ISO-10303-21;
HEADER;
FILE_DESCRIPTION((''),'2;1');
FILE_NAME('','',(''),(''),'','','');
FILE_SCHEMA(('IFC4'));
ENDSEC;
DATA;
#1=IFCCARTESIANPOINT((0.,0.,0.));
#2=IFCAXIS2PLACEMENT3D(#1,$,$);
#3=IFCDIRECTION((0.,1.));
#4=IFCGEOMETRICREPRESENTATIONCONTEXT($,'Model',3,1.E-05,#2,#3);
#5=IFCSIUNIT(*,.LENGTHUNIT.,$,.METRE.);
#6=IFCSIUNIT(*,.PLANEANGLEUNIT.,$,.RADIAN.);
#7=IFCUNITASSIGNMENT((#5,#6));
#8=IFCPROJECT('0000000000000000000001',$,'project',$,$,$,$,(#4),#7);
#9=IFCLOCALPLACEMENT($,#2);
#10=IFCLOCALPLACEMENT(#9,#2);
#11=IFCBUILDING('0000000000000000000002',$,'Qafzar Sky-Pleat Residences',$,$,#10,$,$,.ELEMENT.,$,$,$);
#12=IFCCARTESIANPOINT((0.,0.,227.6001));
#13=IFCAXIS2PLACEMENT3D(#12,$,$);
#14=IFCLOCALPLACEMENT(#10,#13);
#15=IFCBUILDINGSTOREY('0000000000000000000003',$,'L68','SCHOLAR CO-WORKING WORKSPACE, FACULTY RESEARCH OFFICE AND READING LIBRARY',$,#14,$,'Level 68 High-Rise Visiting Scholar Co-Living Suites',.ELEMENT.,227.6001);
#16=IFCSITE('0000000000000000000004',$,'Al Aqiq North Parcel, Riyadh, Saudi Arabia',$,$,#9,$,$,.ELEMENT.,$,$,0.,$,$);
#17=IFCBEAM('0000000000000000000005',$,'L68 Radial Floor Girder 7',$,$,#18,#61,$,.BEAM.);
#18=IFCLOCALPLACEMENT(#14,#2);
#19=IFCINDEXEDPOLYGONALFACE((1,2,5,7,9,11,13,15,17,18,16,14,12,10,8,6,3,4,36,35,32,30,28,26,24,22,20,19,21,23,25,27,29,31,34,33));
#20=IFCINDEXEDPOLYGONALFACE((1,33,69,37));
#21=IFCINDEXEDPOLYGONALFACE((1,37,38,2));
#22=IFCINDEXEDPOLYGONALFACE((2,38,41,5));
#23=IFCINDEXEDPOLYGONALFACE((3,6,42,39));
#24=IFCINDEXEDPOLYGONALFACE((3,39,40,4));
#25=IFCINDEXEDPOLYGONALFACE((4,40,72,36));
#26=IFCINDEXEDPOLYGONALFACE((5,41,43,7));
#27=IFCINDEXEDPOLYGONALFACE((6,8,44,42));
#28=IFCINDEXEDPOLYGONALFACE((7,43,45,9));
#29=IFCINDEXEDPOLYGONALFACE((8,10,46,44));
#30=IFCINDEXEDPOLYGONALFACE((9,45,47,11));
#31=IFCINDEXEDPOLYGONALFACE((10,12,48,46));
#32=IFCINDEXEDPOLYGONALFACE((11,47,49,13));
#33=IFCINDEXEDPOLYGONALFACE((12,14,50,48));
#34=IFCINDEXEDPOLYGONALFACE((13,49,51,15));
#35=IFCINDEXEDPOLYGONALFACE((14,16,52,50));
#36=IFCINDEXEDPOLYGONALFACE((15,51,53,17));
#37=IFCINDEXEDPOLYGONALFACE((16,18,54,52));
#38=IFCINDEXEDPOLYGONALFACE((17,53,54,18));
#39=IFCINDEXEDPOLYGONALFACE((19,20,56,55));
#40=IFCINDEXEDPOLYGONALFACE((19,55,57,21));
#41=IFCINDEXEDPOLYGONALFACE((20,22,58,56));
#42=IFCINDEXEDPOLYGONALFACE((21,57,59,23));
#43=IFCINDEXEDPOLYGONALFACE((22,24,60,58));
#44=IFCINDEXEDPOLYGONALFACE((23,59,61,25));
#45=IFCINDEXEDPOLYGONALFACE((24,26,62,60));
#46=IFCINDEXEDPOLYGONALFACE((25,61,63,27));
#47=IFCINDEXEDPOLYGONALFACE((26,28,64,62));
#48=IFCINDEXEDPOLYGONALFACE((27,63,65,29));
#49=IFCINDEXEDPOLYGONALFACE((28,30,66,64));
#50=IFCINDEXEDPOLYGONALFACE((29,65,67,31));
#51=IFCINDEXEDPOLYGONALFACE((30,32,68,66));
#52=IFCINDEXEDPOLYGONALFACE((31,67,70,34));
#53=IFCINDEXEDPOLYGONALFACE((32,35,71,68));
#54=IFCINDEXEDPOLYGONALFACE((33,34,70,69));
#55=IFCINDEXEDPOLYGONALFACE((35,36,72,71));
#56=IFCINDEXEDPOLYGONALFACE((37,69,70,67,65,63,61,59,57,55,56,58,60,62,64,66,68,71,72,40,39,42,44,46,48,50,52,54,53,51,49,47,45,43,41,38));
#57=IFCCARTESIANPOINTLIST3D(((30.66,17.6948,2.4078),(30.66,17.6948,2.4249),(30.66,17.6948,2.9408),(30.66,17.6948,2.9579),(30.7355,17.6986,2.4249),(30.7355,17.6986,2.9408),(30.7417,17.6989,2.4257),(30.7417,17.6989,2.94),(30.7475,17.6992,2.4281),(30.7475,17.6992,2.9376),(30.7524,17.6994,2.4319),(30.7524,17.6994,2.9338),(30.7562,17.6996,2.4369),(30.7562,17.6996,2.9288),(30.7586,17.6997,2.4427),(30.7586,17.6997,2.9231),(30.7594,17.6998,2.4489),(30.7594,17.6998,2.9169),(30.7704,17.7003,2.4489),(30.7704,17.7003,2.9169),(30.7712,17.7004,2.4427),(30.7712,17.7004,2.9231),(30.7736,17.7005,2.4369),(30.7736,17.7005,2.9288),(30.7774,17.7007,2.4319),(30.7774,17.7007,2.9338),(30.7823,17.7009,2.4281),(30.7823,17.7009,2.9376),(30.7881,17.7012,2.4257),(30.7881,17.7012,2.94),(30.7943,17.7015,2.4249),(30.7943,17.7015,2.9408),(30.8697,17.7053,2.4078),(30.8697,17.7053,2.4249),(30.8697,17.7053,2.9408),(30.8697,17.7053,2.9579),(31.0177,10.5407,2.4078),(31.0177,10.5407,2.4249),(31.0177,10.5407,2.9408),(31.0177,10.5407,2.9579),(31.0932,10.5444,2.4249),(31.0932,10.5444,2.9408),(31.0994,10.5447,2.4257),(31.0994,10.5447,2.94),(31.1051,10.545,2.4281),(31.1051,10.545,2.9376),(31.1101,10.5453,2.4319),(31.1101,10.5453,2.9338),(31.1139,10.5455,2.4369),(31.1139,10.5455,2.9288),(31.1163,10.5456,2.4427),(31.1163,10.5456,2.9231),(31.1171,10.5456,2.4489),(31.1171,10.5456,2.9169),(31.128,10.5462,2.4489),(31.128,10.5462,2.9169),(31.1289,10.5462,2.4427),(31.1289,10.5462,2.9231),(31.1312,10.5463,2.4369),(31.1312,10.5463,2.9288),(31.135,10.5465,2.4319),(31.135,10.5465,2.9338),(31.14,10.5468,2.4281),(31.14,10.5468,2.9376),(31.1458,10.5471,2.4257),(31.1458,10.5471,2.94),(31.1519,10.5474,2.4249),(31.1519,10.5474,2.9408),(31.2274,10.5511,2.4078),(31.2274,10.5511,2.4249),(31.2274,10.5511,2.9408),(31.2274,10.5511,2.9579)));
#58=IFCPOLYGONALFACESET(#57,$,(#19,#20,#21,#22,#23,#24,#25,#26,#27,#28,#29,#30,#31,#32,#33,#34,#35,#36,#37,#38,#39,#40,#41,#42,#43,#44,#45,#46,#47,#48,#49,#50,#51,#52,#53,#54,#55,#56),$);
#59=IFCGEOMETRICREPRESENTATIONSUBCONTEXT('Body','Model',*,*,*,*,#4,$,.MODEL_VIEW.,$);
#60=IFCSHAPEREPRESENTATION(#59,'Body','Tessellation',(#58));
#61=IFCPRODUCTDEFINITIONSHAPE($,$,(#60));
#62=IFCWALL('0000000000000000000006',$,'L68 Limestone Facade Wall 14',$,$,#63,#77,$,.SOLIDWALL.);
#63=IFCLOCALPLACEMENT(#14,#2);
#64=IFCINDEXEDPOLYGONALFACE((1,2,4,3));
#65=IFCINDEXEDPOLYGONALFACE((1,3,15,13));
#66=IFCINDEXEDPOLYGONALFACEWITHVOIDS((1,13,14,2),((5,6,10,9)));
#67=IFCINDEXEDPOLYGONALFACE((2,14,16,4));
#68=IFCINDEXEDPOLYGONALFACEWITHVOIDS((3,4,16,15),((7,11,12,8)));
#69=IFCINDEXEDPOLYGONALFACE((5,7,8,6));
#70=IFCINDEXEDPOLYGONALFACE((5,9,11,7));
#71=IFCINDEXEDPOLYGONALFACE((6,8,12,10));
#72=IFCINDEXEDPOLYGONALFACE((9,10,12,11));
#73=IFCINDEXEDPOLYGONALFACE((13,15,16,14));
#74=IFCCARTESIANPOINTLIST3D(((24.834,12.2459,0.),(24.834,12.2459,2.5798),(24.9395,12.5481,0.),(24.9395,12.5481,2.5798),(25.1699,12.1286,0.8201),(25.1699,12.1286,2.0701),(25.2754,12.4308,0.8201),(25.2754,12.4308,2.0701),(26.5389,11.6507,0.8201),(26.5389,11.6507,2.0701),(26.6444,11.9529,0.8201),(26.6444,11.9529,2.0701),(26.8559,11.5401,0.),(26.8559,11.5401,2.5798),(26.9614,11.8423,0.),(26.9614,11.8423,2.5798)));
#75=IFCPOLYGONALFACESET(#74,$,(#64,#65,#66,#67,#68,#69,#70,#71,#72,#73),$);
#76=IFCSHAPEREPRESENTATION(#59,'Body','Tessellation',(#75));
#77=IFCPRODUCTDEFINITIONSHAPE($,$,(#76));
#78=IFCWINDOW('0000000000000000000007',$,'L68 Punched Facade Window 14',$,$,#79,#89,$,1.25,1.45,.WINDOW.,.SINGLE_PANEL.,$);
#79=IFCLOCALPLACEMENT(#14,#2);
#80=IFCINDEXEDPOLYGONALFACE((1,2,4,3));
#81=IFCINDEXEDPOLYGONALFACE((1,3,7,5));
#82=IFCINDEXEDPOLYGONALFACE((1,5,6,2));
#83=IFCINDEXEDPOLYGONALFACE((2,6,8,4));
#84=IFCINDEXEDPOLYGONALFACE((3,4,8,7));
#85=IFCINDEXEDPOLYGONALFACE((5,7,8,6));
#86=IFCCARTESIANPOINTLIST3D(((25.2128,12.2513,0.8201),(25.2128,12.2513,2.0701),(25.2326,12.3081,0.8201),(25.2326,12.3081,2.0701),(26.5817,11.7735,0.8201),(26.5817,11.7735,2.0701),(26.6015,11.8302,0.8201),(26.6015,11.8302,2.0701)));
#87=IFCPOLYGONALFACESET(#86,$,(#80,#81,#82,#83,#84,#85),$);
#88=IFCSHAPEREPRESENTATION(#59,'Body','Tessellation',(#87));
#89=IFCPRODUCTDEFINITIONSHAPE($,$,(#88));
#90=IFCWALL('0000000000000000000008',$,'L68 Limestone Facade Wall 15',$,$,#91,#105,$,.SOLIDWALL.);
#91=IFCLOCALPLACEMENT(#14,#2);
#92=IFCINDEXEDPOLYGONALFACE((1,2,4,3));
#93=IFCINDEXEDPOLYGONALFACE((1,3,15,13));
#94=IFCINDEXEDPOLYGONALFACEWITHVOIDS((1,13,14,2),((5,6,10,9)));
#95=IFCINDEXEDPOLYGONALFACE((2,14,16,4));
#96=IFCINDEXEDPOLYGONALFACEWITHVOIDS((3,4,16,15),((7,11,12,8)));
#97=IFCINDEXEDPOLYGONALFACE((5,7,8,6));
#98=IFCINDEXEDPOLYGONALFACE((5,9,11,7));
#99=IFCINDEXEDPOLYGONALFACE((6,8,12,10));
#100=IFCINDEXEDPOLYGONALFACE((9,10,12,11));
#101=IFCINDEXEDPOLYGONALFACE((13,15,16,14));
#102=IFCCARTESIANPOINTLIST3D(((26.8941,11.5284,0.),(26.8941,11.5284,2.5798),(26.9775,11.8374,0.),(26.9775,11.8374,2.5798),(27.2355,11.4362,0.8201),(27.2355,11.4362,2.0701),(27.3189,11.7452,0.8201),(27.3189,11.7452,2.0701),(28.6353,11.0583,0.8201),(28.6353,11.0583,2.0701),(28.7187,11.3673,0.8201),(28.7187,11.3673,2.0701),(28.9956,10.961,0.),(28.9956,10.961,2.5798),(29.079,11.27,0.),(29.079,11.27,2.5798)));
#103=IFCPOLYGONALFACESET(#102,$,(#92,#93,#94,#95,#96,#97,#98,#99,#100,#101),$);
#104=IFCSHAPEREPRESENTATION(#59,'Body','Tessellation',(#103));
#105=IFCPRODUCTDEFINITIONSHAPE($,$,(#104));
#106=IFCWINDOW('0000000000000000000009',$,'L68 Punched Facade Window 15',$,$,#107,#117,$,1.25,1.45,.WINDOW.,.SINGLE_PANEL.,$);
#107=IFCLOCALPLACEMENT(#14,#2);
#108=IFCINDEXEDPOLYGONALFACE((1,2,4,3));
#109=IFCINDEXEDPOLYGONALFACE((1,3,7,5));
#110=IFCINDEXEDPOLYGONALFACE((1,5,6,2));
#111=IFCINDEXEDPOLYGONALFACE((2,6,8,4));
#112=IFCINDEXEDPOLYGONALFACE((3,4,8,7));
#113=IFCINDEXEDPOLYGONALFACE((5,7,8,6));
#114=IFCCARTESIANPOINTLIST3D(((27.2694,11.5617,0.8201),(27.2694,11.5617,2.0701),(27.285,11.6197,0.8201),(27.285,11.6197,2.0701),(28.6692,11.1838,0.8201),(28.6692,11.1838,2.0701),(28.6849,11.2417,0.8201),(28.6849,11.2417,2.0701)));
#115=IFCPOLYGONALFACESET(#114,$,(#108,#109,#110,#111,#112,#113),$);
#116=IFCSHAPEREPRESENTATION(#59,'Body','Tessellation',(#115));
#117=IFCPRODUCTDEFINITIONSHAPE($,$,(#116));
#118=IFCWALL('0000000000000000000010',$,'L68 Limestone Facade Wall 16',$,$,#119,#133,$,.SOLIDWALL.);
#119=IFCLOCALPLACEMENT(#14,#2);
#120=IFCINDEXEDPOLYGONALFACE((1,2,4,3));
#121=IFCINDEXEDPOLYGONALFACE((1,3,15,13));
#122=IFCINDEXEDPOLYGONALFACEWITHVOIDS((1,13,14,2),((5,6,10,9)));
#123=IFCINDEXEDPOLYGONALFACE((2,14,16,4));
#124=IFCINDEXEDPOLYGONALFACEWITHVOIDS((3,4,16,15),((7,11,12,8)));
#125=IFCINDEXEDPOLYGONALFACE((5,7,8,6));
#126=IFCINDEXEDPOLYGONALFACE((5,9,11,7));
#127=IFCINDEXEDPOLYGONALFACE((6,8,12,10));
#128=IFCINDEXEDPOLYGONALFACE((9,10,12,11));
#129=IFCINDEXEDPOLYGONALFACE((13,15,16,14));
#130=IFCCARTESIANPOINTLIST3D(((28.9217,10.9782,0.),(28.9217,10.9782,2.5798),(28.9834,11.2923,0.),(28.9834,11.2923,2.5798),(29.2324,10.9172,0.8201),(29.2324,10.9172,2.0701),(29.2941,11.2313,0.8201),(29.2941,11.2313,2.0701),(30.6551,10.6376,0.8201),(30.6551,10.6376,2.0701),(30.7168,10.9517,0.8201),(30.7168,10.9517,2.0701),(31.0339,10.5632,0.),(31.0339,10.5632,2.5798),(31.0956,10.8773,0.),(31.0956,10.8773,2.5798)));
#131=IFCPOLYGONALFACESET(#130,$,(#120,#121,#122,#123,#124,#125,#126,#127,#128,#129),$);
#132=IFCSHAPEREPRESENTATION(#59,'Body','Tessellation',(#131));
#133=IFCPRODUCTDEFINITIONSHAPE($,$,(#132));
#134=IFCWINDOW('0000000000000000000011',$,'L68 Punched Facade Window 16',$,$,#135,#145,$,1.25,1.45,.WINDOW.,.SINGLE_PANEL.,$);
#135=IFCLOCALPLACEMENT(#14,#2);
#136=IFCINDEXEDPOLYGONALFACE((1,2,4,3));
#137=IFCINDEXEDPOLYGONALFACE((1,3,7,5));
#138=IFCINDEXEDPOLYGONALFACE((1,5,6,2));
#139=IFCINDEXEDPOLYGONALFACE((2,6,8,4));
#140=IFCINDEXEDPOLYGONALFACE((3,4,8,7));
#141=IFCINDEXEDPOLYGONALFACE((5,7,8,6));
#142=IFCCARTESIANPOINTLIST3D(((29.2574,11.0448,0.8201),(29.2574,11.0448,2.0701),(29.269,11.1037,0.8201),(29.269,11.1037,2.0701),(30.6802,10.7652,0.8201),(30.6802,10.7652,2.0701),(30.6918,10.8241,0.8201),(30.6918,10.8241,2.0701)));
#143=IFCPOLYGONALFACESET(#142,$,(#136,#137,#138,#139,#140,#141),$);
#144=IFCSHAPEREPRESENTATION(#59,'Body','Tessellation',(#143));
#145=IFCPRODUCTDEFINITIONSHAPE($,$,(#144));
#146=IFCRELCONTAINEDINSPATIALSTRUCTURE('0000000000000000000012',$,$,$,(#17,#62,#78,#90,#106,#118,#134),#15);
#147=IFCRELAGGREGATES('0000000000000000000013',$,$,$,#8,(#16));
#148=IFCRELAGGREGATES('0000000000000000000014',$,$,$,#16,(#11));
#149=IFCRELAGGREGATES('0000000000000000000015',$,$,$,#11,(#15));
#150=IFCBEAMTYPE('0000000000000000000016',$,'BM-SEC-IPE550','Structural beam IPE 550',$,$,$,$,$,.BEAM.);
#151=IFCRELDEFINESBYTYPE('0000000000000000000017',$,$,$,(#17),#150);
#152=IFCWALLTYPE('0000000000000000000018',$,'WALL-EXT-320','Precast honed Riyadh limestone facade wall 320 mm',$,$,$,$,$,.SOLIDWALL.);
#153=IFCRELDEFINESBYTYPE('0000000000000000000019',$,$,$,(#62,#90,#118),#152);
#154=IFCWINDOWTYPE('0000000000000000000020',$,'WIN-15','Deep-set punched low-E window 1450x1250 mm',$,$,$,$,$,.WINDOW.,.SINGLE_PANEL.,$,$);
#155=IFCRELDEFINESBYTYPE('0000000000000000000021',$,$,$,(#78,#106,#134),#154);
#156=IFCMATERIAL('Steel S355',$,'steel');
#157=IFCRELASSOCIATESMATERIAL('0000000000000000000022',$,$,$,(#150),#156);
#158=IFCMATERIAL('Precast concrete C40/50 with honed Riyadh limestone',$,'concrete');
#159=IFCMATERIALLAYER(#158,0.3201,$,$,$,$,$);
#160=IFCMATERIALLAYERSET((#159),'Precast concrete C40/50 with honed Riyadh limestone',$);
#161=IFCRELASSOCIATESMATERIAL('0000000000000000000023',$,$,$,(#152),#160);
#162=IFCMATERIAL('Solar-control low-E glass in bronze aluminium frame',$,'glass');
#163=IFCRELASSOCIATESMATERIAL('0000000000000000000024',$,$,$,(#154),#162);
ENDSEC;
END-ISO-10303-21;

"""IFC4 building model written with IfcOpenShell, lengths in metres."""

from ifc_helpers import new_model, si_unit, direction, frame, frame_2d, origin, origin_2d, place, context, subcontext, project, spatial, rectangle, i_section, extrude, source, transform, mapped, material, layer, layer_set, material_profile, profile_set, type_object, element, fill, save


model = new_model("IFC4")

# Units and contexts
model_context = context("Model", 3, precision=1e-05, world=origin(), true_north=direction((0.0, 1.0)))
body_context = subcontext(model_context, "Body", "Model", "MODEL_VIEW")
ifc_project = project(units=[si_unit("LENGTHUNIT", "METRE"), si_unit("PLANEANGLEUNIT", "RADIAN")], contexts=[model_context])

# Site, building, storey
site_placement = place(None, origin())
site = spatial("IfcSite", under=ifc_project, at=site_placement, Name="Al Aqiq North Parcel, Riyadh, Saudi Arabia", CompositionType="ELEMENT", RefElevation=0.0)
building_placement = place(site_placement, origin())
building = spatial("IfcBuilding", under=site, at=building_placement, Name="Qafzar Sky-Pleat Residences", CompositionType="ELEMENT")
storey_placement = place(building_placement, frame((0.0, 0.0, 227.6001)))
storey = spatial("IfcBuildingStorey", under=building, at=storey_placement, Name="L68", Description="SCHOLAR CO-WORKING WORKSPACE, FACULTY RESEARCH OFFICE AND READING LIBRARY", LongName="Level 68 High-Rise Visiting Scholar Co-Living Suites", CompositionType="ELEMENT", Elevation=227.6001)

# Shared definitions
ifc_material_1 = material(Name="Steel S355", Category="steel")

# Beam
ifc_material_profile_1 = material_profile(ifc_material_1, i_section(OverallWidth=0.21, OverallDepth=0.55, WebThickness=0.011, FlangeThickness=0.0171, FilletRadius=0.0239, at=origin_2d()), Name="IPE 550")
ifc_profile_set_1 = profile_set([ifc_material_profile_1], Name="Steel S355")
beam_type_1 = type_object("IfcBeamType", Name="BM-SEC-IPE550", Description="Structural beam IPE 550", PredefinedType="BEAM", material=ifc_profile_set_1)
shared_shape_1 = source(origin(), body_context, "Body", "SweptSolid", [
    extrude(i_section(OverallWidth=0.21, OverallDepth=0.55, WebThickness=0.011, FlangeThickness=0.0171, FilletRadius=0.0239, at=origin_2d()), origin(), (0.0, 0.0, 1.0), 7.1631),
])
beam_1_placement = place(storey_placement, frame((31.1226, 10.5459, 2.6829), z_axis=(-0.049933, 0.998753, 0.0), x_axis=(-0.998753, -0.049933, 0.0)))
element("IfcBeam", 1, at=beam_1_placement, inside=storey, type_object=beam_type_1, Name="L68 Radial Floor Girder 7", PredefinedType="BEAM", context=body_context, shape_type="MappedRepresentation", body=[
    mapped(shared_shape_1, transform((0.0, 0.0, 0.0), x_axis=(1.0, 0.0, 0.0), y_axis=(0.0, 1.0, 0.0), z_axis=(0.0, 0.0, 1.0), scale=1.0)),
])

# Walls, openings, windows
ifc_material_2 = material(Name="Precast concrete C40/50 with honed Riyadh limestone", Category="concrete")
ifc_layer_1 = layer(ifc_material_2, 0.3201)
ifc_layer_set_1 = layer_set([ifc_layer_1], Name="Precast concrete C40/50 with honed Riyadh limestone")
wall_type_1 = type_object("IfcWallType", Name="WALL-EXT-320", Description="Precast honed Riyadh limestone facade wall 320 mm", PredefinedType="SOLIDWALL", material=ifc_layer_set_1)
wall_1_placement = place(storey_placement, frame((24.8867, 12.397, 0.0), z_axis=(0.0, 0.0, 1.0), x_axis=(0.944132, -0.329568, 0.0)))
wall_1 = element("IfcWall", 2, at=wall_1_placement, inside=storey, type_object=wall_type_1, Name="L68 Limestone Facade Wall 14", PredefinedType="SOLIDWALL", context=body_context, shape_type="SweptSolid", body=[
    extrude(rectangle(XDim=2.1416, YDim=0.3201, at=frame_2d((1.0708, 0.0))), origin(), (0.0, 0.0, 1.0), 2.5798),
])
opening_1_placement = place(wall_1_placement, frame((0.3557, 0.0, 0.8201)))
opening_1 = element("IfcOpeningElement", 3, at=opening_1_placement, cuts=wall_1, PredefinedType="OPENING", context=body_context, shape_type="SweptSolid", body=[
    extrude(rectangle(XDim=1.45, YDim=1.25, at=frame_2d((0.7251, 0.625))), frame((0.0, 0.1699, 0.0), z_axis=(0.0, -1.0, 0.0), x_axis=(1.0, 0.0, 0.0)), (0.0, 0.0, 1.0), 0.3401),
])
ifc_material_3 = material(Name="Solar-control low-E glass in bronze aluminium frame", Category="glass")
window_type_1 = type_object("IfcWindowType", Name="WIN-15", Description="Deep-set punched low-E window 1450x1250 mm", PartitioningType="SINGLE_PANEL", PredefinedType="WINDOW", material=ifc_material_3)
shared_shape_2 = source(origin(), body_context, "Body", "SweptSolid", [
    extrude(rectangle(XDim=1.45, YDim=1.25, at=frame_2d((0.7251, 0.625))), frame((0.0, 0.03, 0.0), z_axis=(0.0, -1.0, 0.0), x_axis=(1.0, 0.0, 0.0)), (0.0, 0.0, 1.0), 0.0601),
])
window_1_placement = place(opening_1_placement, origin())
window_1 = element("IfcWindow", 4, at=window_1_placement, inside=storey, type_object=window_type_1, Name="L68 Punched Facade Window 14", OverallHeight=1.25, OverallWidth=1.45, PartitioningType="SINGLE_PANEL", PredefinedType="WINDOW", context=body_context, shape_type="MappedRepresentation", body=[
    mapped(shared_shape_2, transform((0.0, 0.0, 0.0), x_axis=(1.0, 0.0, 0.0), y_axis=(0.0, 1.0, 0.0), z_axis=(0.0, 0.0, 1.0), scale=1.0)),
])
fill(opening_1, window_1)
wall_2_placement = place(storey_placement, frame((26.9358, 11.6829, 0.0), z_axis=(0.0, 0.0, 1.0), x_axis=(0.965434, -0.260649, 0.0)))
wall_2 = element("IfcWall", 5, at=wall_2_placement, inside=storey, type_object=wall_type_1, Name="L68 Limestone Facade Wall 15", PredefinedType="SOLIDWALL", context=body_context, shape_type="SweptSolid", body=[
    extrude(rectangle(XDim=2.1768, YDim=0.3201, at=frame_2d((1.0884, 0.0))), origin(), (0.0, 0.0, 1.0), 2.5798),
])
opening_2_placement = place(wall_2_placement, frame((0.3535, 0.0, 0.8201)))
opening_2 = element("IfcOpeningElement", 6, at=opening_2_placement, cuts=wall_2, PredefinedType="OPENING", context=body_context, shape_type="SweptSolid", body=[
    extrude(rectangle(XDim=1.45, YDim=1.25, at=frame_2d((0.7251, 0.625))), frame((0.0, 0.1699, 0.0), z_axis=(0.0, -1.0, 0.0), x_axis=(1.0, 0.0, 0.0)), (0.0, 0.0, 1.0), 0.3401),
])
window_2_placement = place(opening_2_placement, origin())
window_2 = element("IfcWindow", 7, at=window_2_placement, inside=storey, type_object=window_type_1, Name="L68 Punched Facade Window 15", OverallHeight=1.25, OverallWidth=1.45, PartitioningType="SINGLE_PANEL", PredefinedType="WINDOW", context=body_context, shape_type="MappedRepresentation", body=[
    mapped(shared_shape_2, transform((0.0, 0.0, 0.0), x_axis=(1.0, 0.0, 0.0), y_axis=(0.0, 1.0, 0.0), z_axis=(0.0, 0.0, 1.0), scale=1.0)),
])
fill(opening_2, window_2)
wall_3_placement = place(storey_placement, frame((28.9526, 11.1353, 0.0), z_axis=(0.0, 0.0, 1.0), x_axis=(0.981238, -0.1928, 0.0)))
wall_3 = element("IfcWall", 8, at=wall_3_placement, inside=storey, type_object=wall_type_1, Name="L68 Limestone Facade Wall 16", PredefinedType="SOLIDWALL", context=body_context, shape_type="SweptSolid", body=[
    extrude(rectangle(XDim=2.1526, YDim=0.3201, at=frame_2d((1.0762, 0.0))), origin(), (0.0, 0.0, 1.0), 2.5798),
])
opening_3_placement = place(wall_3_placement, frame((0.3164, 0.0, 0.8201)))
opening_3 = element("IfcOpeningElement", 9, at=opening_3_placement, cuts=wall_3, PredefinedType="OPENING", context=body_context, shape_type="SweptSolid", body=[
    extrude(rectangle(XDim=1.45, YDim=1.25, at=frame_2d((0.7251, 0.625))), frame((0.0, 0.1699, 0.0), z_axis=(0.0, -1.0, 0.0), x_axis=(1.0, 0.0, 0.0)), (0.0, 0.0, 1.0), 0.3401),
])
window_3_placement = place(opening_3_placement, origin())
window_3 = element("IfcWindow", 10, at=window_3_placement, inside=storey, type_object=window_type_1, Name="L68 Punched Facade Window 16", OverallHeight=1.25, OverallWidth=1.45, PartitioningType="SINGLE_PANEL", PredefinedType="WINDOW", context=body_context, shape_type="MappedRepresentation", body=[
    mapped(shared_shape_2, transform((0.0, 0.0, 0.0), x_axis=(1.0, 0.0, 0.0), y_axis=(0.0, 1.0, 0.0), z_axis=(0.0, 0.0, 1.0), scale=1.0)),
])
fill(opening_3, window_3)

save(model, "model.ifc")
